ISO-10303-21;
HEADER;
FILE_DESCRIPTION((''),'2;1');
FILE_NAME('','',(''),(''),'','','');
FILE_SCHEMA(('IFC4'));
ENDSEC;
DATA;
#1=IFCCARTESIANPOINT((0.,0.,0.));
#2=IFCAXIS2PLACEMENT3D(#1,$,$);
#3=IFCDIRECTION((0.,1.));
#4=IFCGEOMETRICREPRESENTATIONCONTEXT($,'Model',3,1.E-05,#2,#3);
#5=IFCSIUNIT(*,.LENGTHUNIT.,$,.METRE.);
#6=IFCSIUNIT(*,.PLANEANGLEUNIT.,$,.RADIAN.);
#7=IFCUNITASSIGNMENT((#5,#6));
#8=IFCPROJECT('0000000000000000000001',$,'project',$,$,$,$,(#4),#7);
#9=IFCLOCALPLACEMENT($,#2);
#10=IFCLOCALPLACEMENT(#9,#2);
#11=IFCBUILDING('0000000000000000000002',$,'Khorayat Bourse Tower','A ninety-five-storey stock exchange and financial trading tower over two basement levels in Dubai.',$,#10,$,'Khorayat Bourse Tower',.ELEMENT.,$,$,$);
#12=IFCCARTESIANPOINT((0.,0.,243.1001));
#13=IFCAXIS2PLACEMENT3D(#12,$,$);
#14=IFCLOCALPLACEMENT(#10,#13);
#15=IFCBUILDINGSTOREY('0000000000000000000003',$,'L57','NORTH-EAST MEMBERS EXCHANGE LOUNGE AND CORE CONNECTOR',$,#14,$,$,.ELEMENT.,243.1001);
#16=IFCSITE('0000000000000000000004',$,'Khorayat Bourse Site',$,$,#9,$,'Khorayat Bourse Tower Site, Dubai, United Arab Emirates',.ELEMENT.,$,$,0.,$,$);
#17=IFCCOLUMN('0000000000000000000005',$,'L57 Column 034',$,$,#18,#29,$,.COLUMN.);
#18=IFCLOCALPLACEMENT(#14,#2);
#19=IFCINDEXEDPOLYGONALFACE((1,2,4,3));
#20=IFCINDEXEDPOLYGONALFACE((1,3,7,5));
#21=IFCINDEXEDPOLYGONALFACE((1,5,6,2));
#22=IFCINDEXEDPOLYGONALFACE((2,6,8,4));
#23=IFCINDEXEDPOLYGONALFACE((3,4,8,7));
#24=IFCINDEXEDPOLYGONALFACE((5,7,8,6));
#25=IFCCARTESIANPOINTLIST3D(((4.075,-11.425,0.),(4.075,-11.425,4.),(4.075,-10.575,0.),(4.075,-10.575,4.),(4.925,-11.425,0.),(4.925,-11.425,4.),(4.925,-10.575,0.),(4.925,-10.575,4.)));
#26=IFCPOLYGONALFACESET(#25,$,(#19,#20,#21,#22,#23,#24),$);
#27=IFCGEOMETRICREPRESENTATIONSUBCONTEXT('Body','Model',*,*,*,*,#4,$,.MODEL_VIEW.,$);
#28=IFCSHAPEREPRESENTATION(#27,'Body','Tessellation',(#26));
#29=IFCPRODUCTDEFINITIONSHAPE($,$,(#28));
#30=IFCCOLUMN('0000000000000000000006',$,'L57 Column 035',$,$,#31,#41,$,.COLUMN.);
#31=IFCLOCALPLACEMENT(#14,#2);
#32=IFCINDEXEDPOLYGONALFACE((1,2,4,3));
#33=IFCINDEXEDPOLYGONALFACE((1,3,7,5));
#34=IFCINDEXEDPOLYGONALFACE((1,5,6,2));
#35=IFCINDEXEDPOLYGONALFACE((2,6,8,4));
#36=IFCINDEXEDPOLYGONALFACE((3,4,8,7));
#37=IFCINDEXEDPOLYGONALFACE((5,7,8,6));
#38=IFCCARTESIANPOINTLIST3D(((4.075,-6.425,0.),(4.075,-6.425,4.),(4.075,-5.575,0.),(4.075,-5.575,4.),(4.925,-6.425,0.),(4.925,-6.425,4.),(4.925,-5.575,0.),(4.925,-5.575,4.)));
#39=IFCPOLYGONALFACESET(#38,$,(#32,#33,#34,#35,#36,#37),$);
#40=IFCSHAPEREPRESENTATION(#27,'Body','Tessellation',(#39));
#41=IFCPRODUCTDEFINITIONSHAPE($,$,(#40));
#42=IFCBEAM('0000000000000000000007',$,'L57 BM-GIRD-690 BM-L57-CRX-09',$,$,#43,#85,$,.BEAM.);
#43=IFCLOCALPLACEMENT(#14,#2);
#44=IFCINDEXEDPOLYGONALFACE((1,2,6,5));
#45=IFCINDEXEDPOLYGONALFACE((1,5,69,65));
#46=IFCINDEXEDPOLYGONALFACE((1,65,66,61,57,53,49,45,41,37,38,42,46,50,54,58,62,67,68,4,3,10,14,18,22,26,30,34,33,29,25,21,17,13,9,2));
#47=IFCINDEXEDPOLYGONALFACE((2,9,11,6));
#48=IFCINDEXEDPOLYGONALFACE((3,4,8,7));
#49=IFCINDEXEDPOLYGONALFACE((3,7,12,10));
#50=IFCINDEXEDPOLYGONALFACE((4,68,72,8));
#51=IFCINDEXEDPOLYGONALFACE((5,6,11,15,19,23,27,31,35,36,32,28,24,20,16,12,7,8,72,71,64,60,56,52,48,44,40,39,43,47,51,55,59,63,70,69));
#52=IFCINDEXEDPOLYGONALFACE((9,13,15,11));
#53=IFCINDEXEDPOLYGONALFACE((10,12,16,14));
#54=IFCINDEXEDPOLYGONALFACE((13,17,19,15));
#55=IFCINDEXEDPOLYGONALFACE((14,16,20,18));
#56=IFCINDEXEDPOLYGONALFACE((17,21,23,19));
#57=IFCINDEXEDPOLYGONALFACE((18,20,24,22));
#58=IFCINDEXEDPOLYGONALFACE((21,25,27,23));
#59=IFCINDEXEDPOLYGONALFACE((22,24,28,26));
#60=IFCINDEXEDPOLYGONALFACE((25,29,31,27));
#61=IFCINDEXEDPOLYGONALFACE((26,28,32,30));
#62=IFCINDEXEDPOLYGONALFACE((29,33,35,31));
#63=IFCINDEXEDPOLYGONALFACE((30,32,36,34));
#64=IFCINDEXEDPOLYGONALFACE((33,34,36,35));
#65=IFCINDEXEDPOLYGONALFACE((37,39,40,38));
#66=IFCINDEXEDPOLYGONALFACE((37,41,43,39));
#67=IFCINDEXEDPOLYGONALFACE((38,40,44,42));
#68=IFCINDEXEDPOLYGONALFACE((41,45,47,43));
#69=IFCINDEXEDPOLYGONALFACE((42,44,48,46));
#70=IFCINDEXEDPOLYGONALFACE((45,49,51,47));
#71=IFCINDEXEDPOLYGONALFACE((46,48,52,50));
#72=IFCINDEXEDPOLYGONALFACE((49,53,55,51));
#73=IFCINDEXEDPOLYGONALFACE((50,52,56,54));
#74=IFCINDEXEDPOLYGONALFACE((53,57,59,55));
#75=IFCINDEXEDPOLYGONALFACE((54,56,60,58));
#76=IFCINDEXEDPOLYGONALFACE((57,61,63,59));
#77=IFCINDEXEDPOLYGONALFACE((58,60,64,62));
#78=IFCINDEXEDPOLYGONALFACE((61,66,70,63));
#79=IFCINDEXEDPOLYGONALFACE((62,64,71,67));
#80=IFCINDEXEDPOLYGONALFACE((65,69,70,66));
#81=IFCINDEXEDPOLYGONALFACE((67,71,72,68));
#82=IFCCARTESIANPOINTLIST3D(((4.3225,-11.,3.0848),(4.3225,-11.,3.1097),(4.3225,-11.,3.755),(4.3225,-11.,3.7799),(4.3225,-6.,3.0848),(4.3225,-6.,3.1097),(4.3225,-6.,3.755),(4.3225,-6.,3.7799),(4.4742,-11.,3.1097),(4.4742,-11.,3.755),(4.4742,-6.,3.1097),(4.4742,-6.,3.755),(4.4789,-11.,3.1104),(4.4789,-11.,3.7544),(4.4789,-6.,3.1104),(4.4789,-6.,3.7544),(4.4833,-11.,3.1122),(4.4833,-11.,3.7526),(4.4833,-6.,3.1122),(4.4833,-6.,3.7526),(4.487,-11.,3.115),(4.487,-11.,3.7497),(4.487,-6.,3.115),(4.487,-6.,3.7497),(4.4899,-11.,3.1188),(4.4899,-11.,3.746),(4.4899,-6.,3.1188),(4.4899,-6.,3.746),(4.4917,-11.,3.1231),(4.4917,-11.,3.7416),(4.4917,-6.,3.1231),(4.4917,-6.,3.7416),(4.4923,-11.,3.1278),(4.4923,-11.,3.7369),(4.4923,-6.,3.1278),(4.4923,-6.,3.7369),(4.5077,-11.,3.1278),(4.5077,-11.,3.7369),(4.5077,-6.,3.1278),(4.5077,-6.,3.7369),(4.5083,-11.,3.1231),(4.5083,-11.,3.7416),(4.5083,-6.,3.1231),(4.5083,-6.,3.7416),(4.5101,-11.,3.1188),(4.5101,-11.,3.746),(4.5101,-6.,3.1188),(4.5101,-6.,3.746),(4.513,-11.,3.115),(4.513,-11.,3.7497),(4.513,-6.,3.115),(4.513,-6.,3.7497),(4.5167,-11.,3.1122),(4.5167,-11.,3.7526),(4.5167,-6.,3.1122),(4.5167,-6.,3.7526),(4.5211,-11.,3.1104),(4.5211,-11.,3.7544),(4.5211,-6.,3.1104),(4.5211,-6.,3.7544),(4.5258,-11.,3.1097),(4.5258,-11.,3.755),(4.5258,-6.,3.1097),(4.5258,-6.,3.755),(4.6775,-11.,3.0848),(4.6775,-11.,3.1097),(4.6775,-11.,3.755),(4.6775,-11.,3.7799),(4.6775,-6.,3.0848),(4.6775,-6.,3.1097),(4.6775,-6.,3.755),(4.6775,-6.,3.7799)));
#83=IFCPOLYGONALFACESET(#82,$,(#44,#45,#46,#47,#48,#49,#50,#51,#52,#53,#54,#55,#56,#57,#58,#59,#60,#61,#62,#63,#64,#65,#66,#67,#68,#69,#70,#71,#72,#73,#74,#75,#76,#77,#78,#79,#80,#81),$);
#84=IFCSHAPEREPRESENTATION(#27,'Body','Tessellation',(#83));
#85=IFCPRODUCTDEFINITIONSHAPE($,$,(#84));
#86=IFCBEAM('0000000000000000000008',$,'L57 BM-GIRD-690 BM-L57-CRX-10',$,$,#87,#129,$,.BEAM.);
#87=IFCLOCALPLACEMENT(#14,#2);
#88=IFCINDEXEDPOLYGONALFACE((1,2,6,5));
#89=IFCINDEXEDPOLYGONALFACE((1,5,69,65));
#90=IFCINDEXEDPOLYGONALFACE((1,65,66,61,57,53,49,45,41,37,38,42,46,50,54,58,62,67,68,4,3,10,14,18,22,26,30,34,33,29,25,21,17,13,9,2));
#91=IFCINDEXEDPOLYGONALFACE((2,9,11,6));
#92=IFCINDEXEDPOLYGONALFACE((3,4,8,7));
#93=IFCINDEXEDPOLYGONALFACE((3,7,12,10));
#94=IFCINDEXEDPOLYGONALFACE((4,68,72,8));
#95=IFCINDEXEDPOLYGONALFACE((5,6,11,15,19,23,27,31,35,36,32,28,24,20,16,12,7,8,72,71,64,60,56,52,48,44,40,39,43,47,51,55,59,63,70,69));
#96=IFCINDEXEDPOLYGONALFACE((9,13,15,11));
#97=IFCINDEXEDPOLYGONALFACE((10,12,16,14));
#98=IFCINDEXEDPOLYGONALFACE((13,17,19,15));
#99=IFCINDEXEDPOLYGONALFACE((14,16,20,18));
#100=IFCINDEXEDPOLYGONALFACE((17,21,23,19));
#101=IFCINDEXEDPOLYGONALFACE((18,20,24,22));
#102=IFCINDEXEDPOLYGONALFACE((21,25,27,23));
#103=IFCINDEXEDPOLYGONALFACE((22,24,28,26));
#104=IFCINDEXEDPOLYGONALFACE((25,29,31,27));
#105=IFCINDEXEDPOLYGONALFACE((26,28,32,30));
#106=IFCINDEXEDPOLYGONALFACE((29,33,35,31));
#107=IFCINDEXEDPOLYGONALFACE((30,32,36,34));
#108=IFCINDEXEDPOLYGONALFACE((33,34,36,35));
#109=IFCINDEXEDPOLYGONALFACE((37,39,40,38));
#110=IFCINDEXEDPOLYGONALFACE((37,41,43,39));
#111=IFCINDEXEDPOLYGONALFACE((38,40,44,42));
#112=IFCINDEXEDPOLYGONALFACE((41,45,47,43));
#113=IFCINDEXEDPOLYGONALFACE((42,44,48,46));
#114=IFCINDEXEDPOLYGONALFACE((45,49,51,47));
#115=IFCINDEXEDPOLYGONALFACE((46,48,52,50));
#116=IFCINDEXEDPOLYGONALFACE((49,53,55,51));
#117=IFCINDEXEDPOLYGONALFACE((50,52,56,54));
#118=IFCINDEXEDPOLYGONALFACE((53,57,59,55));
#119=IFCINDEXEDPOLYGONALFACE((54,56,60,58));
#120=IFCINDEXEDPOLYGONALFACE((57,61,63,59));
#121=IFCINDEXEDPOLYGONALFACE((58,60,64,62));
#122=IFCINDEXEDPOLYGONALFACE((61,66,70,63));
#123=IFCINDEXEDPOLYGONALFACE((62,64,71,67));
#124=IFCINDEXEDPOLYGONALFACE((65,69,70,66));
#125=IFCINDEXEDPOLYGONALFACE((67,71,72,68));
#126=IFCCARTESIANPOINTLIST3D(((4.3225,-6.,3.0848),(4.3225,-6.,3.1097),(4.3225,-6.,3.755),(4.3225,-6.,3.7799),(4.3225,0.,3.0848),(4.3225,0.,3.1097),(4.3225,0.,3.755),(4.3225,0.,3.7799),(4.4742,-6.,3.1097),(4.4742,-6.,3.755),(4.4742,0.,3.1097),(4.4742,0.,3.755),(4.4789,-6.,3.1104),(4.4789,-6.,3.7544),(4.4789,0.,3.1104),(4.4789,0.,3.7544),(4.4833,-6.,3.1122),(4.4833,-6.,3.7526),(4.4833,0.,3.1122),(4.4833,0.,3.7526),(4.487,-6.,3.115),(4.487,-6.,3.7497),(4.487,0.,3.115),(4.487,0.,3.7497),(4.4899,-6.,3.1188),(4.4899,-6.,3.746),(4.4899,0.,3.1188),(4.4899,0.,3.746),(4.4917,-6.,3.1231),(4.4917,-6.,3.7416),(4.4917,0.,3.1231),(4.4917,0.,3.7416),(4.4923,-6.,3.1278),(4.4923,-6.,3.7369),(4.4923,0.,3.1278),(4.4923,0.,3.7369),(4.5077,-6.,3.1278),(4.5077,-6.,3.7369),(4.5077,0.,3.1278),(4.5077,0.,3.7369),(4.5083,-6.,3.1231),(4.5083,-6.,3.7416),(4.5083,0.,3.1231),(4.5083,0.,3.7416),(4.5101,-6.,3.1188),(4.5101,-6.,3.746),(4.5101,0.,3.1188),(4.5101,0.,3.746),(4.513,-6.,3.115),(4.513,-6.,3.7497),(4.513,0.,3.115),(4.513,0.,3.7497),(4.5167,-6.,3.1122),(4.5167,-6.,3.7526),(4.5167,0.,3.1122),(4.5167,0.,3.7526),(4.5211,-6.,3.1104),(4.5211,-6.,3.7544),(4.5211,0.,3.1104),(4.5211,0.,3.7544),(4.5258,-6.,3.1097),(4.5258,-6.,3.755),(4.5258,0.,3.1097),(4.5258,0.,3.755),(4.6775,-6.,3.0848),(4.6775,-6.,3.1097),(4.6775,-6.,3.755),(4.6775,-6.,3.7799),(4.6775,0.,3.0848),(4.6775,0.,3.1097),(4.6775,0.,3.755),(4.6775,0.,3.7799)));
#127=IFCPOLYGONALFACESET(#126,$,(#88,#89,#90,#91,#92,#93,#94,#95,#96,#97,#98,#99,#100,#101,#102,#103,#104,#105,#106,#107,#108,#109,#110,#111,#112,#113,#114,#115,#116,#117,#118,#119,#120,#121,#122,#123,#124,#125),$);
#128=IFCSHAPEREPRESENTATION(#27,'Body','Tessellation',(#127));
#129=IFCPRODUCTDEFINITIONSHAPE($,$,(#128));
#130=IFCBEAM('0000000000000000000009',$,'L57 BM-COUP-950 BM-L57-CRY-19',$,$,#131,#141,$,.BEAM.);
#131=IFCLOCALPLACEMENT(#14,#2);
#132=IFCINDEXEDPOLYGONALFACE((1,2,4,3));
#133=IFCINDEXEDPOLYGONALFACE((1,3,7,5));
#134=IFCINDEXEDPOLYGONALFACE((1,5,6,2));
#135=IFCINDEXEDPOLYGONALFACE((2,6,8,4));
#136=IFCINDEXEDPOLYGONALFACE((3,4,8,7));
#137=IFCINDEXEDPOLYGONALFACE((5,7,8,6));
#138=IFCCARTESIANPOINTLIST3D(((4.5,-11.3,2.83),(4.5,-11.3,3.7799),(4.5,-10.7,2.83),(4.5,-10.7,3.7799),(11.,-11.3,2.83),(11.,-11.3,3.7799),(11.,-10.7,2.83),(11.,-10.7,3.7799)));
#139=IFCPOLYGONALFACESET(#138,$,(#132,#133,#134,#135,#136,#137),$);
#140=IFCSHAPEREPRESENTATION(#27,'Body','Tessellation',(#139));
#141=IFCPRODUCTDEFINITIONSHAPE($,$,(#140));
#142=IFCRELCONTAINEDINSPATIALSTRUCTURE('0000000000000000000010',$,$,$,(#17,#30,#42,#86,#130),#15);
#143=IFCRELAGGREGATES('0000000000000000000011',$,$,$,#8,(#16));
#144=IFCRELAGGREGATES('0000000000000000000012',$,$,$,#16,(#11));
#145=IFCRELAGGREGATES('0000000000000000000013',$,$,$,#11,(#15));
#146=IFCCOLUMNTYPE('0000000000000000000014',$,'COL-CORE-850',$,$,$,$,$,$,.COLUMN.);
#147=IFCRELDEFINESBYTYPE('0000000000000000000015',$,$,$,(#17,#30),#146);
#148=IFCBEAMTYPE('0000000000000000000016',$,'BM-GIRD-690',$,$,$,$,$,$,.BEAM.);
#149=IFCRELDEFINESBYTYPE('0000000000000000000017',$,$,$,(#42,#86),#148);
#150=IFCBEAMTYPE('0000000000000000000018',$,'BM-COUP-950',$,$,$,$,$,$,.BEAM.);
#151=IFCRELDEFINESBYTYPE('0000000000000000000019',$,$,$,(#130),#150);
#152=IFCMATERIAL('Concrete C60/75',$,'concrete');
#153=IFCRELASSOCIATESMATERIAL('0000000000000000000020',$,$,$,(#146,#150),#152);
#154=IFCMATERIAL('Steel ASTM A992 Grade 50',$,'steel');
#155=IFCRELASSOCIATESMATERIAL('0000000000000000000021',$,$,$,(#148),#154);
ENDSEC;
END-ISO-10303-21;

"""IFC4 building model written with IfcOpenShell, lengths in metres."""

from ifc_helpers import new_model, si_unit, direction, frame, origin, origin_2d, place, context, subcontext, project, spatial, rectangle, i_section, extrude, source, transform, mapped, material, material_profile, profile_set, type_object, element, save


model = new_model("IFC4")

# Units and contexts
model_context = context("Model", 3, precision=1e-05, world=origin(), true_north=direction((0.0, 1.0)))
body_context = subcontext(model_context, "Body", "Model", "MODEL_VIEW")
ifc_project = project(units=[si_unit("LENGTHUNIT", "METRE"), si_unit("PLANEANGLEUNIT", "RADIAN")], contexts=[model_context])

# Site, building, storey
site_placement = place(None, origin())
site = spatial("IfcSite", under=ifc_project, at=site_placement, Name="Khorayat Bourse Site", LongName="Khorayat Bourse Tower Site, Dubai, United Arab Emirates", CompositionType="ELEMENT", RefElevation=0.0)
building_placement = place(site_placement, origin())
building = spatial("IfcBuilding", under=site, at=building_placement, Name="Khorayat Bourse Tower", Description="A ninety-five-storey stock exchange and financial trading tower over two basement levels in Dubai.", LongName="Khorayat Bourse Tower", CompositionType="ELEMENT")
storey_placement = place(building_placement, frame((0.0, 0.0, 243.1001)))
storey = spatial("IfcBuildingStorey", under=building, at=storey_placement, Name="L57", Description="NORTH-EAST MEMBERS EXCHANGE LOUNGE AND CORE CONNECTOR", CompositionType="ELEMENT", Elevation=243.1001)

# Columns
ifc_material_1 = material(Name="Concrete C60/75", Category="concrete")
ifc_material_profile_1 = material_profile(ifc_material_1, rectangle(XDim=0.8501, YDim=0.8501, at=origin_2d()), Name="RC 850x850")
ifc_profile_set_1 = profile_set([ifc_material_profile_1], Name="Concrete C60/75")
column_type = type_object("IfcColumnType", Name="COL-CORE-850", PredefinedType="COLUMN", material=ifc_profile_set_1)
shared_shape_1 = source(origin(), body_context, "Body", "SweptSolid", [
    extrude(rectangle(XDim=0.8501, YDim=0.8501, at=origin_2d()), origin(), (0.0, 0.0, 1.0), 4.0),
])
for number, where, z_axis, x_axis, name in (
    (1, (4.5, -11.0, 0.0), (0.0, 0.0, 1.0), (1.0, 0.0, 0.0), "L57 Column 034"),
    (2, (4.5, -6.0, 0.0), (0.0, 0.0, 1.0), (1.0, 0.0, 0.0), "L57 Column 035"),
):
    element("IfcColumn", number, at=place(storey_placement, frame(where, z_axis=z_axis, x_axis=x_axis)), inside=storey, type_object=column_type, Name=name, PredefinedType="COLUMN", context=body_context, shape_type="MappedRepresentation", body=[
        mapped(shared_shape_1, transform((0.0, 0.0, 0.0), scale=1.0)),
    ])

# Beams
ifc_material_2 = material(Name="Steel ASTM A992 Grade 50", Category="steel")
ifc_material_profile_2 = material_profile(ifc_material_2, i_section(OverallWidth=0.355, OverallDepth=0.6951, WebThickness=0.0154, FlangeThickness=0.0249, FilletRadius=0.0181, at=origin_2d()), Name="W690X217")
ifc_profile_set_2 = profile_set([ifc_material_profile_2], Name="Steel ASTM A992 Grade 50")
beam_type_1 = type_object("IfcBeamType", Name="BM-GIRD-690", PredefinedType="BEAM", material=ifc_profile_set_2)
shared_shape_2 = source(origin(), body_context, "Body", "SweptSolid", [
    extrude(i_section(OverallWidth=0.355, OverallDepth=0.6951, WebThickness=0.0154, FlangeThickness=0.0249, FilletRadius=0.0181, at=origin_2d()), origin(), (0.0, 0.0, 1.0), 5.0),
])
beam_1_placement = place(storey_placement, frame((4.5, -11.0, 3.4324), z_axis=(0.0, 1.0, 0.0), x_axis=(-1.0, 0.0, 0.0)))
element("IfcBeam", 3, at=beam_1_placement, inside=storey, type_object=beam_type_1, Name="L57 BM-GIRD-690 BM-L57-CRX-09", PredefinedType="BEAM", context=body_context, shape_type="MappedRepresentation", body=[
    mapped(shared_shape_2, transform((0.0, 0.0, 0.0), scale=1.0)),
])
shared_shape_3 = source(origin(), body_context, "Body", "SweptSolid", [
    extrude(i_section(OverallWidth=0.355, OverallDepth=0.6951, WebThickness=0.0154, FlangeThickness=0.0249, FilletRadius=0.0181, at=origin_2d()), origin(), (0.0, 0.0, 1.0), 6.0),
])
beam_2_placement = place(storey_placement, frame((4.5, -6.0, 3.4324), z_axis=(0.0, 1.0, 0.0), x_axis=(-1.0, 0.0, 0.0)))
element("IfcBeam", 4, at=beam_2_placement, inside=storey, type_object=beam_type_1, Name="L57 BM-GIRD-690 BM-L57-CRX-10", PredefinedType="BEAM", context=body_context, shape_type="MappedRepresentation", body=[
    mapped(shared_shape_3, transform((0.0, 0.0, 0.0), scale=1.0)),
])
ifc_material_profile_3 = material_profile(ifc_material_1, rectangle(XDim=0.6001, YDim=0.95, at=origin_2d()), Name="RC 600x950")
ifc_profile_set_3 = profile_set([ifc_material_profile_3], Name="Concrete C60/75")
beam_type_2 = type_object("IfcBeamType", Name="BM-COUP-950", PredefinedType="BEAM", material=ifc_profile_set_3)
shared_shape_4 = source(origin(), body_context, "Body", "SweptSolid", [
    extrude(rectangle(XDim=0.6001, YDim=0.95, at=origin_2d()), origin(), (0.0, 0.0, 1.0), 6.5),
])
beam_3_placement = place(storey_placement, frame((4.5, -11.0, 3.3049), z_axis=(1.0, 0.0, 0.0), x_axis=(0.0, 1.0, 0.0)))
element("IfcBeam", 5, at=beam_3_placement, inside=storey, type_object=beam_type_2, Name="L57 BM-COUP-950 BM-L57-CRY-19", PredefinedType="BEAM", context=body_context, shape_type="MappedRepresentation", body=[
    mapped(shared_shape_4, transform((0.0, 0.0, 0.0), scale=1.0)),
])

save(model, "model.ifc")
